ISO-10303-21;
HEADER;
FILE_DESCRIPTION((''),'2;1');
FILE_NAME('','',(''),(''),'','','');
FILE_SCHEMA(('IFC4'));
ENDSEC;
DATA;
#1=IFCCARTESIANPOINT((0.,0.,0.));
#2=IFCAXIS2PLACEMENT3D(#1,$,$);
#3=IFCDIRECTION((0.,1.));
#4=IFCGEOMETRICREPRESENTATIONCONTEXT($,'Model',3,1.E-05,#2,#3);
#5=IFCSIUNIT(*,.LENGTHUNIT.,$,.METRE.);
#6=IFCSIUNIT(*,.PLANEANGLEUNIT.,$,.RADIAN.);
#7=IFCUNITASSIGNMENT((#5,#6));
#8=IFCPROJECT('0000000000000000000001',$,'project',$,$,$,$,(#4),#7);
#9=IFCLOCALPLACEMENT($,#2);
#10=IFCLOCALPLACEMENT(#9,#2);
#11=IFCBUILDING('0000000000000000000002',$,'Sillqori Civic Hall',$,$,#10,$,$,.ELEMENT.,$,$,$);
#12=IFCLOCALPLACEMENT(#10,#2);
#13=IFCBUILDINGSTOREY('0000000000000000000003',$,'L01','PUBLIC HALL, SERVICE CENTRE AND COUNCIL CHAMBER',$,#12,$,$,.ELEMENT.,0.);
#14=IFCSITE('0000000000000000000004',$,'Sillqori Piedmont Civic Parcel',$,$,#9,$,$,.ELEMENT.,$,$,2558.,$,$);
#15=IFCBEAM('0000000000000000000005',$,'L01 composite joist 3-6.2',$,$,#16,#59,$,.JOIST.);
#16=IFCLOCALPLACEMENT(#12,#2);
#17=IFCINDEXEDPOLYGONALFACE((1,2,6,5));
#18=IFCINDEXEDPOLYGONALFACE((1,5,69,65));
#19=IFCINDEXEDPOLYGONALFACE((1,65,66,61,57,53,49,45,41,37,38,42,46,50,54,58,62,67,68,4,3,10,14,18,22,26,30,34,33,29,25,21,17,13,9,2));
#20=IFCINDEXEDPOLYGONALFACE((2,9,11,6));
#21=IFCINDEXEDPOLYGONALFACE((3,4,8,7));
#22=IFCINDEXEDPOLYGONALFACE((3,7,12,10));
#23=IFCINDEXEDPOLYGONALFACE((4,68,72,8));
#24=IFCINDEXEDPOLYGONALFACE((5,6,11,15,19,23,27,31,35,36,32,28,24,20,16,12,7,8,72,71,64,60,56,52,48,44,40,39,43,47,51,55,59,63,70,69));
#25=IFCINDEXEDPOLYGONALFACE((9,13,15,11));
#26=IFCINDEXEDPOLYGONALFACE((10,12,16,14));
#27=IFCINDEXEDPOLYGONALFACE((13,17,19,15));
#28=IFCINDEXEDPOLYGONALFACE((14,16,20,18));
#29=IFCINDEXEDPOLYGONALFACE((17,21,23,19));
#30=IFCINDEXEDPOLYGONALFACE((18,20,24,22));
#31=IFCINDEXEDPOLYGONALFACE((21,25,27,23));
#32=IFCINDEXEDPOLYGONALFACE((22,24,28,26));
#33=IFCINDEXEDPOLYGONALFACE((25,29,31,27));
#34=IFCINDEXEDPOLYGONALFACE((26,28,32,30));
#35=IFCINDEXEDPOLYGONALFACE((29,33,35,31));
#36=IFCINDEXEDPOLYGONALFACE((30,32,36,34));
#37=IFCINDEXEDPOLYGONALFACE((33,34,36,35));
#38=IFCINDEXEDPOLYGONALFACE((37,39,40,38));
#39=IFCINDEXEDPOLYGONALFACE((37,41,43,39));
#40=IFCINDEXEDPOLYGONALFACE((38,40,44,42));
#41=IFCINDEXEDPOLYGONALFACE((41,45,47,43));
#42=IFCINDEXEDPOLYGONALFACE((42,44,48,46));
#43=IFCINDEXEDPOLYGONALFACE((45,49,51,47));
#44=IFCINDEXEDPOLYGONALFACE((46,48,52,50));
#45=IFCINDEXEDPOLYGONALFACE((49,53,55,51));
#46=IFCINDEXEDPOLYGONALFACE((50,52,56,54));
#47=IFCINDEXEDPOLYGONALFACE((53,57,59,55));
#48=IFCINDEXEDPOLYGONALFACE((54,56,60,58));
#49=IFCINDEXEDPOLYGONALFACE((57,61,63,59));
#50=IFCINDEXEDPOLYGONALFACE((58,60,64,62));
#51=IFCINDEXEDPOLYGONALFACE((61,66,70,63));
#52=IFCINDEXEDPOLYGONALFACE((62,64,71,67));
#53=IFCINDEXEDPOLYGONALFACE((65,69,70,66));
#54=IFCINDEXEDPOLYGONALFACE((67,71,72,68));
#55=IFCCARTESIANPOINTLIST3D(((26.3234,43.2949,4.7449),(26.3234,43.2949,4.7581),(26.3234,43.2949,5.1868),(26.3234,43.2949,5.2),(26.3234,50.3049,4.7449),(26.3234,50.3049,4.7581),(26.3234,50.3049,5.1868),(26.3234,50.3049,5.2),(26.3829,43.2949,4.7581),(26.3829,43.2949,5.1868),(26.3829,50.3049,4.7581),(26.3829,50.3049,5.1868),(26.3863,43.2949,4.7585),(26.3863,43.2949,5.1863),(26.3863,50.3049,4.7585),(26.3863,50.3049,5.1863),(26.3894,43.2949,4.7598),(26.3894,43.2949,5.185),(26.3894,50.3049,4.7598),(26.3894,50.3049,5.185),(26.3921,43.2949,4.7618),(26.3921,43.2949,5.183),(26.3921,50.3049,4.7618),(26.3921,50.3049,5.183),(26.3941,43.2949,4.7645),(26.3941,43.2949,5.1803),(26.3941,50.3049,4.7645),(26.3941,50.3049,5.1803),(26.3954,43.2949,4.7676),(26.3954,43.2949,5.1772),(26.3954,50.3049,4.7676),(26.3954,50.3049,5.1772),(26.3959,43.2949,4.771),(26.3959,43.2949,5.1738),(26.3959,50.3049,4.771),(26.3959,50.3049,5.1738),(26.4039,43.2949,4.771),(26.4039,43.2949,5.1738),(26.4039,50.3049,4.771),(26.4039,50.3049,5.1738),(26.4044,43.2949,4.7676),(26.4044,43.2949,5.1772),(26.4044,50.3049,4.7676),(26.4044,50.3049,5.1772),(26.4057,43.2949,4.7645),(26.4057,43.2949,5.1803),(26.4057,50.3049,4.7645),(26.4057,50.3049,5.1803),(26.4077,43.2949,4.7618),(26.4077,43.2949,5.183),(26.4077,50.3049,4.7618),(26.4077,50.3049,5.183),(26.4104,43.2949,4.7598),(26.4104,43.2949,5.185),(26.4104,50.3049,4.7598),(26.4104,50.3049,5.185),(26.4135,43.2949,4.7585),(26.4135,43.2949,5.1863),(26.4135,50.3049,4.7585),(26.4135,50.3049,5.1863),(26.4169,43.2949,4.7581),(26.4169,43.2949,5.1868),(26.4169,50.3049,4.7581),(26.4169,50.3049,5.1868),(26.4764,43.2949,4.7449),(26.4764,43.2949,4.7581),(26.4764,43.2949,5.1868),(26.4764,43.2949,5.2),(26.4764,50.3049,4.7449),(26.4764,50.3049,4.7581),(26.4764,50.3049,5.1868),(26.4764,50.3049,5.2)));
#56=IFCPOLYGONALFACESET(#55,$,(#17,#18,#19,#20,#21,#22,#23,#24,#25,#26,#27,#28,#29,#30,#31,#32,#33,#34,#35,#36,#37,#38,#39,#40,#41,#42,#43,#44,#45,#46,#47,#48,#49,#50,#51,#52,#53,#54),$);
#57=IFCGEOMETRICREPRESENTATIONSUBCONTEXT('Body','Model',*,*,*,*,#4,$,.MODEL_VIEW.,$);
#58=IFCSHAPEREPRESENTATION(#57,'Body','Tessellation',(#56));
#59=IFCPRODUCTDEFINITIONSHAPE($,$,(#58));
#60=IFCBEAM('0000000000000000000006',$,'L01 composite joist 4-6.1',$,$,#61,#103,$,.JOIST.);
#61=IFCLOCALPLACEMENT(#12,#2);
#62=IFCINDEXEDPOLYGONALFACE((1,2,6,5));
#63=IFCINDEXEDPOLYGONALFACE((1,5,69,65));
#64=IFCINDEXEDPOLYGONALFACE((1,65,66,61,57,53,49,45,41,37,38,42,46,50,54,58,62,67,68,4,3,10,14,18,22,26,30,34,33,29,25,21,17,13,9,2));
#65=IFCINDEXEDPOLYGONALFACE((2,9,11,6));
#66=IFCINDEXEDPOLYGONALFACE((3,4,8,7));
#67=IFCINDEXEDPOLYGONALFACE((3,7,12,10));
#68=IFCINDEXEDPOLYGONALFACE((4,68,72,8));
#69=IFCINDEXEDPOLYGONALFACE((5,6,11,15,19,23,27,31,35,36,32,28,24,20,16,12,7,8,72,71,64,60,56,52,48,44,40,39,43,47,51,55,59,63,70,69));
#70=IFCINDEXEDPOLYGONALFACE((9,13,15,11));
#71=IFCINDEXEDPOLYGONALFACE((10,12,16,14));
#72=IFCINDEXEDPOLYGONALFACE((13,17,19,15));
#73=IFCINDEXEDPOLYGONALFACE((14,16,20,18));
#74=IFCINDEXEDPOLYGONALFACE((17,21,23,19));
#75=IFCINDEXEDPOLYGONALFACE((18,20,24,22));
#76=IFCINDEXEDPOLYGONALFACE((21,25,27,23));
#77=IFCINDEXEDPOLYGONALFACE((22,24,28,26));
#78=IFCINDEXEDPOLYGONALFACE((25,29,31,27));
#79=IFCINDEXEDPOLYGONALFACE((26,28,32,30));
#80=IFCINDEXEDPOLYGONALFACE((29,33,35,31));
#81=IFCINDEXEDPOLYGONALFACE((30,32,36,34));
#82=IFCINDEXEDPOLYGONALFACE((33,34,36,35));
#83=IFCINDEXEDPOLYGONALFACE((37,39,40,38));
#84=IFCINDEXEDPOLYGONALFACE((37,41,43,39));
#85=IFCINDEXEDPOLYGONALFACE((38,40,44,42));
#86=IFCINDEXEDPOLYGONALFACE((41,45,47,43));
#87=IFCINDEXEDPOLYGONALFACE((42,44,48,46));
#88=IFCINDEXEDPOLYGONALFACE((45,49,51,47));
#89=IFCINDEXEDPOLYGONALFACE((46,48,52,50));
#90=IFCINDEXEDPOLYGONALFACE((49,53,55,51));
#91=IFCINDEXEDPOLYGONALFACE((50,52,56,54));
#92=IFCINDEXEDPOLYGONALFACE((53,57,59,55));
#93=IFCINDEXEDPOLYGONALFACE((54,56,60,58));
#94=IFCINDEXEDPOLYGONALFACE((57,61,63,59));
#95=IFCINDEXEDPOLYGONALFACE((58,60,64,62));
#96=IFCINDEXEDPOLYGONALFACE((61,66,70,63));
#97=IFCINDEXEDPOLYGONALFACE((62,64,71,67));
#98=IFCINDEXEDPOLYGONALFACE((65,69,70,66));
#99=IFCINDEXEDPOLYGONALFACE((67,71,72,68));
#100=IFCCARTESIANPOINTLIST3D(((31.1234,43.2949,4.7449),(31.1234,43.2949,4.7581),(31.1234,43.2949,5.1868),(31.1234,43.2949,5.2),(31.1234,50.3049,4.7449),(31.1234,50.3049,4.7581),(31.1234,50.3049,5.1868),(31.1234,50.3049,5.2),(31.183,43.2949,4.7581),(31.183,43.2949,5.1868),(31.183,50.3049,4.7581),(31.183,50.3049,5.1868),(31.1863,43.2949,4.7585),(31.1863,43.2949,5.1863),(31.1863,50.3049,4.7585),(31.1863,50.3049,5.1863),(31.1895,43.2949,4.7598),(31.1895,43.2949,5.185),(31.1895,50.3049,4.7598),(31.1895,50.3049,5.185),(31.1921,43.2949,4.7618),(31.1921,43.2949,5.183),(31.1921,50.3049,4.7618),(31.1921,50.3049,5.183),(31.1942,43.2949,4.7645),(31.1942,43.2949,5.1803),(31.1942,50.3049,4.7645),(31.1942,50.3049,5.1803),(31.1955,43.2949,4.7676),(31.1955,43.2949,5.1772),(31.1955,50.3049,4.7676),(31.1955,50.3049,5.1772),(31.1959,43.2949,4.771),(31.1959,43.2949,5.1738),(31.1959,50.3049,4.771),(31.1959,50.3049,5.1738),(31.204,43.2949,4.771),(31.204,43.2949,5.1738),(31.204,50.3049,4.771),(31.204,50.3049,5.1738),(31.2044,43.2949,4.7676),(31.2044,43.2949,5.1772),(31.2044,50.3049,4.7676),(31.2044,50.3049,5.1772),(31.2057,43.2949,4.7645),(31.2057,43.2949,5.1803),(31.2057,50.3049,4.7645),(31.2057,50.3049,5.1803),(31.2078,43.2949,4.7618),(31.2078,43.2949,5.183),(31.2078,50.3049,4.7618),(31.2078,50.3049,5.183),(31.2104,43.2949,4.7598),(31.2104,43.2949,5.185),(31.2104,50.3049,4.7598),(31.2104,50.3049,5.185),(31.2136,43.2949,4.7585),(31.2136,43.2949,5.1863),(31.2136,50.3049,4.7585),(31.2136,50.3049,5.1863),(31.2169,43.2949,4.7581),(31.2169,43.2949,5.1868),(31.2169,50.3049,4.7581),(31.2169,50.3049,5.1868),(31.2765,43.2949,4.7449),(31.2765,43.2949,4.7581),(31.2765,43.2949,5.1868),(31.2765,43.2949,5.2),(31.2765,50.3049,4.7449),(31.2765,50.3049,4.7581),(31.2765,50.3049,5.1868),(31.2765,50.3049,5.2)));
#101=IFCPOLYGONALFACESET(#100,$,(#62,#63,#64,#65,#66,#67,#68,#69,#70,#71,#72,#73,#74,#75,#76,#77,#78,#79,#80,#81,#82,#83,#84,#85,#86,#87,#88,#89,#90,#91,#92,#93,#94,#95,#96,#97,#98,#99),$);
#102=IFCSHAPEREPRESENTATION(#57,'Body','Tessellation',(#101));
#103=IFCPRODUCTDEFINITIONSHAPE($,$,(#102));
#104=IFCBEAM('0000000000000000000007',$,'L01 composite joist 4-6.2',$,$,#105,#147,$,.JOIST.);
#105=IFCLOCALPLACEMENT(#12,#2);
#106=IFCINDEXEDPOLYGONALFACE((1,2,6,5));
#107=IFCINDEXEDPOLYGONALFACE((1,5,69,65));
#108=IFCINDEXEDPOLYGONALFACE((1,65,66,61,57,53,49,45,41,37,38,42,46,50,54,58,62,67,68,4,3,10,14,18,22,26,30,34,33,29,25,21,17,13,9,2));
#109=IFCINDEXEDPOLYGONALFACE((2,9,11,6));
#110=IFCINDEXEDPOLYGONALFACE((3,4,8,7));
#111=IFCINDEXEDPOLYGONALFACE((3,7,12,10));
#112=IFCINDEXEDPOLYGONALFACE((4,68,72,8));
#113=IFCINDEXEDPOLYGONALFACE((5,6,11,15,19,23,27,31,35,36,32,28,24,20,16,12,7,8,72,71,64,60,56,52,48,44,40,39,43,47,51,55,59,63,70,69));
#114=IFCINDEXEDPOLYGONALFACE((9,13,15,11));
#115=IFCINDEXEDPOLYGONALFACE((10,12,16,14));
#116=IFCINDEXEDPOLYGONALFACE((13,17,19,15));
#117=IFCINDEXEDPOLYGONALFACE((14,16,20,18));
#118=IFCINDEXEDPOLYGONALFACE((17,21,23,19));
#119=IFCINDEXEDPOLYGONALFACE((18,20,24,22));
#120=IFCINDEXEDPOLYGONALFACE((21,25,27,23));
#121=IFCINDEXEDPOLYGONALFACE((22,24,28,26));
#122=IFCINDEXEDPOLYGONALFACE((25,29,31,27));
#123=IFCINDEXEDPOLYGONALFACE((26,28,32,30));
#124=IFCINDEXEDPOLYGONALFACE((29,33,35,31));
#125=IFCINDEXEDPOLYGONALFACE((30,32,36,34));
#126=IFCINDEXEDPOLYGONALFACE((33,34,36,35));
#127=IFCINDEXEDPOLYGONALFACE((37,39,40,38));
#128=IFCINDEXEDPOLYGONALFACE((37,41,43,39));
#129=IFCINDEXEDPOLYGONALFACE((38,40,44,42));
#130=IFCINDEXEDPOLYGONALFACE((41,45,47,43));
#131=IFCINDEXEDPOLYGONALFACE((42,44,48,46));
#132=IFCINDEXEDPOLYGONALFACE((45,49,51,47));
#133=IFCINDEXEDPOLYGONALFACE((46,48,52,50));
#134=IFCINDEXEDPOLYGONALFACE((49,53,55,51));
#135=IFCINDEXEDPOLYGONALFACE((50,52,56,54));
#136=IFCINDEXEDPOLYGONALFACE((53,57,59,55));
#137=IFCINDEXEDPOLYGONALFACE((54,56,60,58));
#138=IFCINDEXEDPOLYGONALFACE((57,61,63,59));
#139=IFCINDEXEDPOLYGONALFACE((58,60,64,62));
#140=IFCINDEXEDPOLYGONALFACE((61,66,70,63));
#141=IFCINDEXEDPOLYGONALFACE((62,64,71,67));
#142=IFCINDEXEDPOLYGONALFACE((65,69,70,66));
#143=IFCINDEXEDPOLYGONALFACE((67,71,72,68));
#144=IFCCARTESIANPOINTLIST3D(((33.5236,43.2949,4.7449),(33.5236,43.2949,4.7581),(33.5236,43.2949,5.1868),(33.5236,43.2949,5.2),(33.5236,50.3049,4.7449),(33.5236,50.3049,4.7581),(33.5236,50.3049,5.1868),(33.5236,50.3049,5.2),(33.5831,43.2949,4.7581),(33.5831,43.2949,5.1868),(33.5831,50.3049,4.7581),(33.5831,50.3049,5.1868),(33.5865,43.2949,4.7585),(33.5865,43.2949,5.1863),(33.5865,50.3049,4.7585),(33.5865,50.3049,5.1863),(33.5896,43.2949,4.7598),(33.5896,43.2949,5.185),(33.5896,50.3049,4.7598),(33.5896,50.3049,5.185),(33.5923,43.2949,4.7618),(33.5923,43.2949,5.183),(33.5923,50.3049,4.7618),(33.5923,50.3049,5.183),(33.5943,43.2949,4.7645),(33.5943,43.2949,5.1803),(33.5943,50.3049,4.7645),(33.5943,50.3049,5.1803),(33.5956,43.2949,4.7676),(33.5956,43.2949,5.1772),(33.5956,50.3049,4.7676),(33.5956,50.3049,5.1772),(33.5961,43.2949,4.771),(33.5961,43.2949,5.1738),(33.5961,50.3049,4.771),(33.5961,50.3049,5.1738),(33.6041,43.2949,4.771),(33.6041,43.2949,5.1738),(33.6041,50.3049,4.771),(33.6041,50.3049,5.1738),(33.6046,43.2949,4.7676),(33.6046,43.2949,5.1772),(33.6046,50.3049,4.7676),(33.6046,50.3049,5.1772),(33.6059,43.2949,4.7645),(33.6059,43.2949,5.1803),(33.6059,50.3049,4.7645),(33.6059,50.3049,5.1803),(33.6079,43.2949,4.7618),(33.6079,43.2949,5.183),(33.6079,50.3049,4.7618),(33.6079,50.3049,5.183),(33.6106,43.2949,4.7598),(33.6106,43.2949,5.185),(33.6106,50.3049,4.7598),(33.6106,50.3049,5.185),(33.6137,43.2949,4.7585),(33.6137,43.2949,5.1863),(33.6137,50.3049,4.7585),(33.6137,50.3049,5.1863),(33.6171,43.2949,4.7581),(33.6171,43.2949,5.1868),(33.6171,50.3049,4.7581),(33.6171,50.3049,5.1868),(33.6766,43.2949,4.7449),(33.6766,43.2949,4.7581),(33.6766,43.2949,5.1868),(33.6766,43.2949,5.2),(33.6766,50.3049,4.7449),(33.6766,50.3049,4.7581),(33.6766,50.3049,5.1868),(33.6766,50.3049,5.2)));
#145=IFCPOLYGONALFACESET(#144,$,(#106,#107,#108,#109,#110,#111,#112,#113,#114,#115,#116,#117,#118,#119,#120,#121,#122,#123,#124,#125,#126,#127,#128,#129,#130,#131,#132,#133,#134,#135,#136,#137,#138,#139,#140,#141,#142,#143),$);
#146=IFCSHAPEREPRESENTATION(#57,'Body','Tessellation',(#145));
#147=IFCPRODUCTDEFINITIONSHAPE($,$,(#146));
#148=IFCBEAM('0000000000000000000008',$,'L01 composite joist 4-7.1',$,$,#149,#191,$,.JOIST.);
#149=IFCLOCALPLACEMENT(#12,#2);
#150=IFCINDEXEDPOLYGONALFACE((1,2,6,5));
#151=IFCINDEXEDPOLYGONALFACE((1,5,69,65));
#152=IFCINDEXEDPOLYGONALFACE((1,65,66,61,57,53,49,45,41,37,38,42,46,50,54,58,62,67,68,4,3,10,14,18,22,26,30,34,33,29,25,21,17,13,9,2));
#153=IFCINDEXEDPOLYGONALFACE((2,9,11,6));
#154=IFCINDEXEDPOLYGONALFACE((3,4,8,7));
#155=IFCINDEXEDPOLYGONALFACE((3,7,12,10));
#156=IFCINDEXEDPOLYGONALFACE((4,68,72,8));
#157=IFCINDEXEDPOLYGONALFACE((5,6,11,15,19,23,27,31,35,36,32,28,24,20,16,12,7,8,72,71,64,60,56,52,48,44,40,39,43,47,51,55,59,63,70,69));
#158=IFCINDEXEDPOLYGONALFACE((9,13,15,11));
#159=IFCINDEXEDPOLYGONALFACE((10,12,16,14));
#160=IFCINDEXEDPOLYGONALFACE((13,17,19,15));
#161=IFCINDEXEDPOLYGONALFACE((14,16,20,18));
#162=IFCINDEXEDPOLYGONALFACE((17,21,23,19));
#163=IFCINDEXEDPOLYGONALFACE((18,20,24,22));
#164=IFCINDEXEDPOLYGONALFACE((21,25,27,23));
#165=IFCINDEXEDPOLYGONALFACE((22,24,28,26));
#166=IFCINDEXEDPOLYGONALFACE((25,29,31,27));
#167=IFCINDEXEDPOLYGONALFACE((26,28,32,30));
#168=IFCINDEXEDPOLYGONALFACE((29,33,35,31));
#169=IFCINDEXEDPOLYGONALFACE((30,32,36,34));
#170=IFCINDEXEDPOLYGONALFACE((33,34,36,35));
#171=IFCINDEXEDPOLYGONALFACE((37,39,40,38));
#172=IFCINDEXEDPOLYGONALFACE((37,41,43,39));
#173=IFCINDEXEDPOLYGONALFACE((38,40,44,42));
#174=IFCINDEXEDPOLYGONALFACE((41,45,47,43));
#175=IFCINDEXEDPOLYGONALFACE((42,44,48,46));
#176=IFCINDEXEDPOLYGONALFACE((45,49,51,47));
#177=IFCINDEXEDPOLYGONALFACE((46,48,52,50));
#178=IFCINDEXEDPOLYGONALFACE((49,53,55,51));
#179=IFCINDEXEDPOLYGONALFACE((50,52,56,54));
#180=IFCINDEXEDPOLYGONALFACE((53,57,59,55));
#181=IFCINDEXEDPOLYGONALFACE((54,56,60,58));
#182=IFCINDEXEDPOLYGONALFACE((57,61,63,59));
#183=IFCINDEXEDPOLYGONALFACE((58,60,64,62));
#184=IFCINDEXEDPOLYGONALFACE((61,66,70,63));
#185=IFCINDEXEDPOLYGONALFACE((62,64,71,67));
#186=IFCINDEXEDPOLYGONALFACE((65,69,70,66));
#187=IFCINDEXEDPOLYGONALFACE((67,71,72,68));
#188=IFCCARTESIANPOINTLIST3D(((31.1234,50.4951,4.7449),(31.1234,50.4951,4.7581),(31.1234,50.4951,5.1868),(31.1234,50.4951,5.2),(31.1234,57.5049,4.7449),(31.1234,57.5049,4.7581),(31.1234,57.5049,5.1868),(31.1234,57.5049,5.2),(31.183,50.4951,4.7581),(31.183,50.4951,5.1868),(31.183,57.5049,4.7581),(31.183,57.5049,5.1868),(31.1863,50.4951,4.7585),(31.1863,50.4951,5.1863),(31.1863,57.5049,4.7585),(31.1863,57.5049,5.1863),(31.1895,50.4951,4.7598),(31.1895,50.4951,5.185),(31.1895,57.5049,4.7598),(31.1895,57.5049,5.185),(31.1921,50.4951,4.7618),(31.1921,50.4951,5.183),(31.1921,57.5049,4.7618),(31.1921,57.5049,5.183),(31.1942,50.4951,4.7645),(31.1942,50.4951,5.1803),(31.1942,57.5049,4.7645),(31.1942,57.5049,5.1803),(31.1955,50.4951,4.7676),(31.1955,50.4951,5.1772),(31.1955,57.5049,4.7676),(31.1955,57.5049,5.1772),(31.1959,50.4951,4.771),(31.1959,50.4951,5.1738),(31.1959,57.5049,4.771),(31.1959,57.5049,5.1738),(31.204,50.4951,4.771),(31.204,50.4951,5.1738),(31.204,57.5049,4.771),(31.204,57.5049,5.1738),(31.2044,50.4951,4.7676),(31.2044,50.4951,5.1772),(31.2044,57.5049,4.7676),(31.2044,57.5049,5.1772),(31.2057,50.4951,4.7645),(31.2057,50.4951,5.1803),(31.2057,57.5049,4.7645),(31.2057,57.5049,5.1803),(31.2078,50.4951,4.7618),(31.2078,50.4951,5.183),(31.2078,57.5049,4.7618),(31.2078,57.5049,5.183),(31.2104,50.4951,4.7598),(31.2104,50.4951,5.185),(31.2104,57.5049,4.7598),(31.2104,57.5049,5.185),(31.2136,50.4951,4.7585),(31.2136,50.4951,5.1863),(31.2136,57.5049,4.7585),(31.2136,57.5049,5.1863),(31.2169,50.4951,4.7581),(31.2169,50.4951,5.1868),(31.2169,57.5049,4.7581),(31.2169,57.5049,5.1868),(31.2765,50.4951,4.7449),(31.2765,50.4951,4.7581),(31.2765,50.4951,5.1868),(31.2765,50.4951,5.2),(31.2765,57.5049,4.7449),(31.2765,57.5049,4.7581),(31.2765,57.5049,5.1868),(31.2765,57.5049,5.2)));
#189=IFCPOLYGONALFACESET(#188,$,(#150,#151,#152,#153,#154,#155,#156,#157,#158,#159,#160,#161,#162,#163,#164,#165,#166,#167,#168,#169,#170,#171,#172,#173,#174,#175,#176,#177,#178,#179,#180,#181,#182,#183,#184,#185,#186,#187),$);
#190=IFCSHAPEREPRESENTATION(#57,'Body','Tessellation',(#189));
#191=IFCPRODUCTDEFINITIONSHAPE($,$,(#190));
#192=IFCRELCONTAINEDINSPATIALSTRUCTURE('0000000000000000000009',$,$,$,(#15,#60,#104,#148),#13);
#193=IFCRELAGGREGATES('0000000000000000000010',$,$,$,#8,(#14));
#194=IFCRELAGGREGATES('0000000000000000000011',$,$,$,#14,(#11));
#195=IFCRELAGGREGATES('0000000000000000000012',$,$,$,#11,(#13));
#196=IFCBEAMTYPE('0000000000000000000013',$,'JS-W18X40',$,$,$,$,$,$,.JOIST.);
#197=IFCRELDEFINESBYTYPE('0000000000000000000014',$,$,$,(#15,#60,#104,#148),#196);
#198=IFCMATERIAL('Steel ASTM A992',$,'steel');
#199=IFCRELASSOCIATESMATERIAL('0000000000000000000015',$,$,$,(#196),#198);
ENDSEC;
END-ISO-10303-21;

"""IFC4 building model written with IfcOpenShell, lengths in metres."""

from ifc_helpers import new_model, si_unit, direction, frame, origin, origin_2d, place, context, subcontext, project, spatial, i_section, extrude, material, material_profile, profile_set, type_object, element, save


model = new_model("IFC4")

# Units and contexts
model_context = context("Model", 3, precision=1e-05, world=origin(), true_north=direction((0.0, 1.0)))
body_context = subcontext(model_context, "Body", "Model", "MODEL_VIEW")
ifc_project = project(units=[si_unit("LENGTHUNIT", "METRE"), si_unit("PLANEANGLEUNIT", "RADIAN")], contexts=[model_context])

# Site, building, storey
site_placement = place(None, origin())
site = spatial("IfcSite", under=ifc_project, at=site_placement, Name="Sillqori Piedmont Civic Parcel", CompositionType="ELEMENT", RefElevation=2558.0)
building_placement = place(site_placement, origin())
building = spatial("IfcBuilding", under=site, at=building_placement, Name="Sillqori Civic Hall", CompositionType="ELEMENT")
storey_placement = place(building_placement, origin())
storey = spatial("IfcBuildingStorey", under=building, at=storey_placement, Name="L01", Description="PUBLIC HALL, SERVICE CENTRE AND COUNCIL CHAMBER", CompositionType="ELEMENT", Elevation=0.0)

# Shared definitions
ifc_material_1 = material(Name="Steel ASTM A992", Category="steel")

# Beams
ifc_material_profile_1 = material_profile(ifc_material_1, i_section(OverallWidth=0.1531, OverallDepth=0.4551, WebThickness=0.0081, FlangeThickness=0.0132, FilletRadius=0.0129, at=origin_2d()), Name="W18X40")
ifc_profile_set_1 = profile_set([ifc_material_profile_1], Name="Steel ASTM A992")
beam_type_1 = type_object("IfcBeamType", Name="JS-W18X40", PredefinedType="JOIST", material=ifc_profile_set_1)
for number, where, z_axis, x_axis, name in (
    (1, (26.3999, 43.2949, 4.9724), (0.0, 1.0, 0.0), (-1.0, 0.0, 0.0), "L01 composite joist 3-6.2"),
    (2, (31.2, 43.2949, 4.9724), (0.0, 1.0, 0.0), (-1.0, 0.0, 0.0), "L01 composite joist 4-6.1"),
    (3, (33.6001, 43.2949, 4.9724), (0.0, 1.0, 0.0), (-1.0, 0.0, 0.0), "L01 composite joist 4-6.2"),
):
    element("IfcBeam", number, at=place(storey_placement, frame(where, z_axis=z_axis, x_axis=x_axis)), inside=storey, type_object=beam_type_1, Name=name, PredefinedType="JOIST", context=body_context, shape_type="SweptSolid", body=[
        extrude(i_section(OverallWidth=0.1531, OverallDepth=0.4551, WebThickness=0.0081, FlangeThickness=0.0132, FilletRadius=0.0129, at=origin_2d()), origin(), (0.0, 0.0, 1.0), 7.01),
    ])
for number, where, z_axis, x_axis, name in (
    (4, (31.2, 50.4951, 4.9724), (0.0, 1.0, 0.0), (-1.0, 0.0, 0.0), "L01 composite joist 4-7.1"),
):
    element("IfcBeam", number, at=place(storey_placement, frame(where, z_axis=z_axis, x_axis=x_axis)), inside=storey, type_object=beam_type_1, Name=name, PredefinedType="JOIST", context=body_context, shape_type="SweptSolid", body=[
        extrude(i_section(OverallWidth=0.1531, OverallDepth=0.4551, WebThickness=0.0081, FlangeThickness=0.0132, FilletRadius=0.0129, at=origin_2d()), origin(), (0.0, 0.0, 1.0), 7.0098),
    ])

save(model, "model.ifc")
